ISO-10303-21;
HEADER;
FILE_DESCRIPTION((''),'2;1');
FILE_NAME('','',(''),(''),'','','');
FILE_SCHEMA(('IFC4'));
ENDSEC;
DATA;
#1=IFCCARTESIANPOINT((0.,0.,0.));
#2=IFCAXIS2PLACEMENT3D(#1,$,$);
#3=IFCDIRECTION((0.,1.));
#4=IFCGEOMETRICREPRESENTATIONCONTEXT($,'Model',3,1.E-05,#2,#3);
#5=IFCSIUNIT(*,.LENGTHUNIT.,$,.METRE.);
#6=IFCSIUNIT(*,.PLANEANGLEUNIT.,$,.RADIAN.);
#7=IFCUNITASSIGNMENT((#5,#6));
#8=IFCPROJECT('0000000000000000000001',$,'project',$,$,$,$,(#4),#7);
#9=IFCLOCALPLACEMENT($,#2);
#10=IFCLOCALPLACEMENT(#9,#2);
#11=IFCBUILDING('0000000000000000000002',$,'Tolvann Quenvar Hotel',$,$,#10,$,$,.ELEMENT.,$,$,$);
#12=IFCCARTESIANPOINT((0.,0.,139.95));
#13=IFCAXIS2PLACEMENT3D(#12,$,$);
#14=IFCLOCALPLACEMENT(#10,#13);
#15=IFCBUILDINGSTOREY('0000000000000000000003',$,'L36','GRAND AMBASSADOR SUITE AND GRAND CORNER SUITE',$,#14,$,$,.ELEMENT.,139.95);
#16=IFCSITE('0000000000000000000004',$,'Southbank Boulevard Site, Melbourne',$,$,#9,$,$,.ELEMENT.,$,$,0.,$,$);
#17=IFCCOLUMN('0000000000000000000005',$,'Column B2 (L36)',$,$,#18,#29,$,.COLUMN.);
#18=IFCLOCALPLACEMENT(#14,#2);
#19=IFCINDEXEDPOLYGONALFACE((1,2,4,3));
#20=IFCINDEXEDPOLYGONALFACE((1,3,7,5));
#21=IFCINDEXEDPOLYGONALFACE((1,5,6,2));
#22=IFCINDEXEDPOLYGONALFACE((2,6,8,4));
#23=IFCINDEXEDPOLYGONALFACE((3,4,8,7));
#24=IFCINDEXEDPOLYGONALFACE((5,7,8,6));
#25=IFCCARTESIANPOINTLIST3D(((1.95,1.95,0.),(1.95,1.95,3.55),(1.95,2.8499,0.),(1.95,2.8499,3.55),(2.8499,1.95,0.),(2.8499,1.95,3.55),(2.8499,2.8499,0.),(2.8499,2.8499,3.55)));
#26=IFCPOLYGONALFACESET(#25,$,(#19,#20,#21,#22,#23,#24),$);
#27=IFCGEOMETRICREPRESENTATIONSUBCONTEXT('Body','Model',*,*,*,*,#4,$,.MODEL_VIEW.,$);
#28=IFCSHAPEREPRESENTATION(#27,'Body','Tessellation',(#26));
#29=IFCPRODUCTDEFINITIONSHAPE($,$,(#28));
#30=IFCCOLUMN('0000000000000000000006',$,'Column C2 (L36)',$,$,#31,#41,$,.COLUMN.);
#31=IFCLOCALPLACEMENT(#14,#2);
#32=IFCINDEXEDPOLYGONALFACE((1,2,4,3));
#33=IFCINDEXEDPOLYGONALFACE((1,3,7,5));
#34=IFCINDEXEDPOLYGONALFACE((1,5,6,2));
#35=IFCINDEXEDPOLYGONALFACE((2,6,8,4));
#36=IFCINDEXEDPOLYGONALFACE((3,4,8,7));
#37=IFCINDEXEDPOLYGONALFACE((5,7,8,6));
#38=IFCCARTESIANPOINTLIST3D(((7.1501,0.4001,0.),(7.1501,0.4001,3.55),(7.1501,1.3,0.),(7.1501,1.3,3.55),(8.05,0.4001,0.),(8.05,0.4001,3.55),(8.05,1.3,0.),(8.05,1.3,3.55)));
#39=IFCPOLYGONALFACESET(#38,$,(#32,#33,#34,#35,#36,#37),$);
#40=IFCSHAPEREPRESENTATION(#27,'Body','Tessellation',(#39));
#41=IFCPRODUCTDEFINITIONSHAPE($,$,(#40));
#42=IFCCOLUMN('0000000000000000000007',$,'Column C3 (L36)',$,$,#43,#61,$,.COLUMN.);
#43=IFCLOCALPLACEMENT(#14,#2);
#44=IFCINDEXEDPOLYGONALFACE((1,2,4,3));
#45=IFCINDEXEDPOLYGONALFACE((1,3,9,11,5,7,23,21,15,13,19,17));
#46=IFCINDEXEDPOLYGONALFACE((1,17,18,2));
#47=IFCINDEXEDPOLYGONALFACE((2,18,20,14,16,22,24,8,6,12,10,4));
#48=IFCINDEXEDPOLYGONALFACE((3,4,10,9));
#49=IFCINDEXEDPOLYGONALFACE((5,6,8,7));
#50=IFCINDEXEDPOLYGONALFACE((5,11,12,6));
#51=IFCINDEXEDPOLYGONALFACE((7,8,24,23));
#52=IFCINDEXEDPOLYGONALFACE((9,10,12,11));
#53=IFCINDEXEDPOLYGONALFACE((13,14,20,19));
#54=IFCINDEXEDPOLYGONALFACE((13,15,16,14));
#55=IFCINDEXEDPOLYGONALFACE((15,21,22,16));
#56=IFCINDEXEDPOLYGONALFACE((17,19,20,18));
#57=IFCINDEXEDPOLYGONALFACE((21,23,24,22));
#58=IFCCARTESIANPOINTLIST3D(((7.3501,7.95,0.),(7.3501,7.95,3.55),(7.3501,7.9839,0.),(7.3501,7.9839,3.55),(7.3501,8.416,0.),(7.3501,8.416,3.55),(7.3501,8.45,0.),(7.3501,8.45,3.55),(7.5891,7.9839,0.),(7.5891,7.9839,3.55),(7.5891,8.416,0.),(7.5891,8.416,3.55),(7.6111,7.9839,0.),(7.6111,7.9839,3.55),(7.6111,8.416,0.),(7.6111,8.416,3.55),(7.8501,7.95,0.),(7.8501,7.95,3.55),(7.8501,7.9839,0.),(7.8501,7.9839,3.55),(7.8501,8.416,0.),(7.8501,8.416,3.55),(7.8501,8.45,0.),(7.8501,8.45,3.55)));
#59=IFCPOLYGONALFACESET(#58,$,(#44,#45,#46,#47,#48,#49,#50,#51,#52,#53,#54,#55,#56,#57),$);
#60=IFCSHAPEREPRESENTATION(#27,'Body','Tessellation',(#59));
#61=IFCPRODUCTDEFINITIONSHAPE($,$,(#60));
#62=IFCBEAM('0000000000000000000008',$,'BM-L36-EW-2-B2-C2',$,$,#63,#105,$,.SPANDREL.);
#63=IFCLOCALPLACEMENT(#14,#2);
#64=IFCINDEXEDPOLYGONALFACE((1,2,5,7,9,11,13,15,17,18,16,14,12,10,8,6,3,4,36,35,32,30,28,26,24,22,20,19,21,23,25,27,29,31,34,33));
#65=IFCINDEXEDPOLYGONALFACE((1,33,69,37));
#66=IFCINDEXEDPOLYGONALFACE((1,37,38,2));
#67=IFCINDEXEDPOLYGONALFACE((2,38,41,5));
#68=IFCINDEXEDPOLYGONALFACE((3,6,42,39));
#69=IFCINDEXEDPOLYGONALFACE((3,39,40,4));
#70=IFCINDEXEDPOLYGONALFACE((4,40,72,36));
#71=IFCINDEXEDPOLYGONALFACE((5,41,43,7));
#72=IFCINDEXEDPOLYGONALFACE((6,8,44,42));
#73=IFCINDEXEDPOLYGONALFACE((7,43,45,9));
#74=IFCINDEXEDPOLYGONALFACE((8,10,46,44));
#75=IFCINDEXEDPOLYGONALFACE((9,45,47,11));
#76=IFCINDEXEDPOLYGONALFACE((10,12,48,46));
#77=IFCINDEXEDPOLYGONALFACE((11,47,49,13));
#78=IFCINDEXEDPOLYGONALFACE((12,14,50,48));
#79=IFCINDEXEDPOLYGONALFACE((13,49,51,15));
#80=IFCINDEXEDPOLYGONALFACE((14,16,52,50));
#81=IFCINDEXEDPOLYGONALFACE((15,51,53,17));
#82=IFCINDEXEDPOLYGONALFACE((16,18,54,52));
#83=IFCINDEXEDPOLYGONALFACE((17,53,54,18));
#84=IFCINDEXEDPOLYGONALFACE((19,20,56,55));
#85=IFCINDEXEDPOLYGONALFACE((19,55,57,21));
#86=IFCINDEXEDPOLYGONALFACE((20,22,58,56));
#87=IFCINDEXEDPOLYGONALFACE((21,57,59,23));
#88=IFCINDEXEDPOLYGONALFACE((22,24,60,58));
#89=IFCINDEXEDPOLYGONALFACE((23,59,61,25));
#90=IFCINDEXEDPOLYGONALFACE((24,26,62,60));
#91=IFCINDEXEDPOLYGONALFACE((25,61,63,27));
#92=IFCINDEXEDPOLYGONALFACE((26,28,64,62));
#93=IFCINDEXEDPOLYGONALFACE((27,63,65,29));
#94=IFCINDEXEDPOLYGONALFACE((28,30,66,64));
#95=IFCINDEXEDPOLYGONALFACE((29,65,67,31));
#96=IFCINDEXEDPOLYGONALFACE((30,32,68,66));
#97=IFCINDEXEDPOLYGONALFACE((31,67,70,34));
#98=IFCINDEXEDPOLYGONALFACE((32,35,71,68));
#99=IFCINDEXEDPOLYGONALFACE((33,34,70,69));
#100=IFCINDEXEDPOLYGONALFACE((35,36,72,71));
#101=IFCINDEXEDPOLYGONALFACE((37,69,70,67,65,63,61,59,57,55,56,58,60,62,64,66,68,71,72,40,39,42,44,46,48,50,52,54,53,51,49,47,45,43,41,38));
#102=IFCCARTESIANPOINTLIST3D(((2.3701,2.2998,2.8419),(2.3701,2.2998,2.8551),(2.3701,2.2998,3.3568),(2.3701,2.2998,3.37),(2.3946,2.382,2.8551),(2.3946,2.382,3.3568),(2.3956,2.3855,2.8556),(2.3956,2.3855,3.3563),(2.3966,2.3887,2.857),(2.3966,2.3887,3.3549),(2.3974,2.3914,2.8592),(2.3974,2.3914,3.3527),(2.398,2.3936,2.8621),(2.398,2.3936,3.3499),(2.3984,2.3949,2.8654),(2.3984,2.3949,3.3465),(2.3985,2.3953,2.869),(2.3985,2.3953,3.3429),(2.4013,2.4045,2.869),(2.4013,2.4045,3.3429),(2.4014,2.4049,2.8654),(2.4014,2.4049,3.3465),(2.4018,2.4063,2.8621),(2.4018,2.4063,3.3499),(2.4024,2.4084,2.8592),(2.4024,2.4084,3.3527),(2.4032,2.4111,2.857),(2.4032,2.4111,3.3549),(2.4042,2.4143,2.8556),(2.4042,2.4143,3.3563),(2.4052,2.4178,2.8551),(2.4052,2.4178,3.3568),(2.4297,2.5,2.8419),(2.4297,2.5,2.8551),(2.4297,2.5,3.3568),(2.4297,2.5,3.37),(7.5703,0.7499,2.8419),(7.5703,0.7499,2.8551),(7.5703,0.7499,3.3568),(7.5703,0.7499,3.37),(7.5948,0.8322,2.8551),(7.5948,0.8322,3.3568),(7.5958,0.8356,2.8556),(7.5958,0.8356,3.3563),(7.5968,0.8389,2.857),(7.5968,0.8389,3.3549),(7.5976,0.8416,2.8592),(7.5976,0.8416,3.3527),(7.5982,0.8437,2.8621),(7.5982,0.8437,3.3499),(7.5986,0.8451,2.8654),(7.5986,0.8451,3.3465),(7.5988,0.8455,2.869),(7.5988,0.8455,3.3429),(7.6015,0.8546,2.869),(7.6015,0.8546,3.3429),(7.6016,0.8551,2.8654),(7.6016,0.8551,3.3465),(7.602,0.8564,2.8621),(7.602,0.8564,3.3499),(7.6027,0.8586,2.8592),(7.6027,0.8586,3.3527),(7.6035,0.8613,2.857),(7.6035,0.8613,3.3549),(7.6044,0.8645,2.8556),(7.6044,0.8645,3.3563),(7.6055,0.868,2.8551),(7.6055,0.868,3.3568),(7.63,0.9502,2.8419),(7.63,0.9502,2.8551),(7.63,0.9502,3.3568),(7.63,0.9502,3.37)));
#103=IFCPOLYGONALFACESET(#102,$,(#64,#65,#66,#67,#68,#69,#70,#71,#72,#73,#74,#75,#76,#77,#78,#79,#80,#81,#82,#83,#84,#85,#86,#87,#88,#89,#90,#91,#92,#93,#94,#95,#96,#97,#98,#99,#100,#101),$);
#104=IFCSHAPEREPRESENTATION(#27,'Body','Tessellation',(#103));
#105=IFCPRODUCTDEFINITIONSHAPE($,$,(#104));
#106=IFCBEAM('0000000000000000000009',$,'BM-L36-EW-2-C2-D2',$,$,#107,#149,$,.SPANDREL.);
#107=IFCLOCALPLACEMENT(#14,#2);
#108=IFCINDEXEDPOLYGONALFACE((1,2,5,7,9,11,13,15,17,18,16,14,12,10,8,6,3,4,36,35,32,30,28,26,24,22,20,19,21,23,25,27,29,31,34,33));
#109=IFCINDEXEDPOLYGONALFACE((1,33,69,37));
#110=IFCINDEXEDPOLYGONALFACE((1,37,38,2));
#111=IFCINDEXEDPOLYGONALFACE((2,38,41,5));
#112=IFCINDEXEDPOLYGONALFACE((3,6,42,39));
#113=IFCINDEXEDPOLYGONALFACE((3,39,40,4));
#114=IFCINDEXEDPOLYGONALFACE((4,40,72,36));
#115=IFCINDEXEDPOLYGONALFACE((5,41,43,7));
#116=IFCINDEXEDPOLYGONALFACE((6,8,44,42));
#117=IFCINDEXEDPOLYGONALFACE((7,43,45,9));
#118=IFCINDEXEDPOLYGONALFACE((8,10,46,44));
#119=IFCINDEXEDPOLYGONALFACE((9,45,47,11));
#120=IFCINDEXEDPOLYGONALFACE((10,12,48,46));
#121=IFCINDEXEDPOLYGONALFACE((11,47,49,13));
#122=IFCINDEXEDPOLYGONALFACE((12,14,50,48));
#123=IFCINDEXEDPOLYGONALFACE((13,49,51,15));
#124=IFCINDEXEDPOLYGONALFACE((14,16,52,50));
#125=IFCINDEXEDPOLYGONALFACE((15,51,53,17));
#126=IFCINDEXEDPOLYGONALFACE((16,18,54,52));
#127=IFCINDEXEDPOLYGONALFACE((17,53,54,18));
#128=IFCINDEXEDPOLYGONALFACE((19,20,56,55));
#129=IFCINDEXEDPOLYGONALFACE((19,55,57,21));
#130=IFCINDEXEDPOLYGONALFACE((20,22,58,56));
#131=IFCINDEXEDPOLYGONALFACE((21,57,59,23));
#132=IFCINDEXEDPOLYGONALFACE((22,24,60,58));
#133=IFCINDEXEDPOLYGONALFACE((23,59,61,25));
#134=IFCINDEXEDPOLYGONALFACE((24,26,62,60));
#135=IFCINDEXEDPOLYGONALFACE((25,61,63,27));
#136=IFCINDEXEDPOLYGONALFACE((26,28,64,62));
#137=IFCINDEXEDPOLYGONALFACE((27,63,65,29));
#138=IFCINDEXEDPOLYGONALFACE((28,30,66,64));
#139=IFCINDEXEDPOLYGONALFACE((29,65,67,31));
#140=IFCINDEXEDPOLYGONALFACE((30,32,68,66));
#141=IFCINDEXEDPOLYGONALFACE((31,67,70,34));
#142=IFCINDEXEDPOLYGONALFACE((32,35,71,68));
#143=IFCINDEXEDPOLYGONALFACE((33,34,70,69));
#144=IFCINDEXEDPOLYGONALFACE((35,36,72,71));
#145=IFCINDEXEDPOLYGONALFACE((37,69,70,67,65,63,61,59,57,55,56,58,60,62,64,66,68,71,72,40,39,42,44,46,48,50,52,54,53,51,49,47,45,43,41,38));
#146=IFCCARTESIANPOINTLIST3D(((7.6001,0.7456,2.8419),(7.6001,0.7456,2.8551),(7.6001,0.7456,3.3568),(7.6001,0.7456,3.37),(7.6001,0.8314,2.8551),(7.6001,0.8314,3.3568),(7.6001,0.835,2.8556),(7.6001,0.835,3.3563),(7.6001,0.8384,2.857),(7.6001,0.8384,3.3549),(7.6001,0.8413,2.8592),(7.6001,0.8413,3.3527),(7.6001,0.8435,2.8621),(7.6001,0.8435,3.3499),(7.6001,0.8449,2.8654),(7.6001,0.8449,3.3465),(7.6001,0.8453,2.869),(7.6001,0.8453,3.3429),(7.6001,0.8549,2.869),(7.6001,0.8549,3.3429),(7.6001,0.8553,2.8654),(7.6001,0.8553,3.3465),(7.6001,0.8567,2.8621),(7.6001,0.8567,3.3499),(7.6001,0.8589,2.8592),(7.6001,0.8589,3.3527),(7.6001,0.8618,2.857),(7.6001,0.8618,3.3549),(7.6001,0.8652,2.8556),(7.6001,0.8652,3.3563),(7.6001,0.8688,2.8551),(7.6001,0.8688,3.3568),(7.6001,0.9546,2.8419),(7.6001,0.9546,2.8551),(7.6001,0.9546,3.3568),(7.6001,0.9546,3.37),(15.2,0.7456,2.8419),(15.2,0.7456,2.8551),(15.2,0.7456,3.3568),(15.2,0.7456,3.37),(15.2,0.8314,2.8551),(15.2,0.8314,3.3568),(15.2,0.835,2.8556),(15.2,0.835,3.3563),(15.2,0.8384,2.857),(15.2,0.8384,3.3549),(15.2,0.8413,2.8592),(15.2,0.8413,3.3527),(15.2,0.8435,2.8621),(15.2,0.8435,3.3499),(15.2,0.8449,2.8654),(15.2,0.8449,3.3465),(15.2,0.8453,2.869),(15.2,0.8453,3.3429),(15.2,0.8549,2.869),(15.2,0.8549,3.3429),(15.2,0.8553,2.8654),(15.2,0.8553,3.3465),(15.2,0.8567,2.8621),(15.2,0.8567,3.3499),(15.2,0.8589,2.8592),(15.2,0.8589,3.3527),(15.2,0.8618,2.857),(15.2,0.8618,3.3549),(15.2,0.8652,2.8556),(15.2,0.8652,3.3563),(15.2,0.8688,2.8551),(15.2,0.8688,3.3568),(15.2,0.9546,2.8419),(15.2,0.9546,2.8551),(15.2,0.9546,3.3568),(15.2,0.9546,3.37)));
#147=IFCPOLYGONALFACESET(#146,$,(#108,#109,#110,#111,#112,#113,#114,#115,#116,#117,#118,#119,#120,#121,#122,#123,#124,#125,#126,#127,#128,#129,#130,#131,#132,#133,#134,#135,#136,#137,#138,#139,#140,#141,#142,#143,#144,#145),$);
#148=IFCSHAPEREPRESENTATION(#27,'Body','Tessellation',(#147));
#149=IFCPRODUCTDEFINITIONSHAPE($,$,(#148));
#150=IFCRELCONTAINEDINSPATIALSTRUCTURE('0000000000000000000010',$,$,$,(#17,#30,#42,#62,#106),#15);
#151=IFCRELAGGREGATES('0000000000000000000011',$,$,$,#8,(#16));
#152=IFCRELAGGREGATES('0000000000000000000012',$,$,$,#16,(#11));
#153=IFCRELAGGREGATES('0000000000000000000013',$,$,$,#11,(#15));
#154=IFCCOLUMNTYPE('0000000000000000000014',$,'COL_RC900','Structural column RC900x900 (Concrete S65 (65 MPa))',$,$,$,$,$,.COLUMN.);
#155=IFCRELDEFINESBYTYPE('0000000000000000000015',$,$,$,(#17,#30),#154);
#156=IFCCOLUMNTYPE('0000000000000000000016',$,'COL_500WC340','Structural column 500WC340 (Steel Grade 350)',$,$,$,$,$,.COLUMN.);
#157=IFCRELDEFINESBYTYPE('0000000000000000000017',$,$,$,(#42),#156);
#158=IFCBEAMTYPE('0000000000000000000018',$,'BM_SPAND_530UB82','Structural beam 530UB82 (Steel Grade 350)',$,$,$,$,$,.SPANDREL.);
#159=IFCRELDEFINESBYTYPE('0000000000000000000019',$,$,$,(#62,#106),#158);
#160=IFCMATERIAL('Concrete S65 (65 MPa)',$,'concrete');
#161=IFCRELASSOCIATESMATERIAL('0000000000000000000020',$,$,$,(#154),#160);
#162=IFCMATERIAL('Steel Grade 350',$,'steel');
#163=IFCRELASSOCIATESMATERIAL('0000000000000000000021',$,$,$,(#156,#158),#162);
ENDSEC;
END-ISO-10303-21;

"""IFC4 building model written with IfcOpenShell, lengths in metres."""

from ifc_helpers import new_model, si_unit, direction, frame, origin, origin_2d, place, context, subcontext, project, spatial, rectangle, i_section, extrude, source, transform, mapped, material, material_profile, profile_set, type_object, type_shapes, element, save


model = new_model("IFC4")

# Units and contexts
model_context = context("Model", 3, precision=1e-05, world=origin(), true_north=direction((0.0, 1.0)))
body_context = subcontext(model_context, "Body", "Model", "MODEL_VIEW")
ifc_project = project(units=[si_unit("LENGTHUNIT", "METRE"), si_unit("PLANEANGLEUNIT", "RADIAN")], contexts=[model_context])

# Site, building, storey
site_placement = place(None, origin())
site = spatial("IfcSite", under=ifc_project, at=site_placement, Name="Southbank Boulevard Site, Melbourne", CompositionType="ELEMENT", RefElevation=0.0)
building_placement = place(site_placement, origin())
building = spatial("IfcBuilding", under=site, at=building_placement, Name="Tolvann Quenvar Hotel", CompositionType="ELEMENT")
storey_placement = place(building_placement, frame((0.0, 0.0, 139.95)))
storey = spatial("IfcBuildingStorey", under=building, at=storey_placement, Name="L36", Description="GRAND AMBASSADOR SUITE AND GRAND CORNER SUITE", CompositionType="ELEMENT", Elevation=139.95)

# Columns
ifc_material_1 = material(Name="Concrete S65 (65 MPa)", Category="concrete")
ifc_material_profile_1 = material_profile(ifc_material_1, rectangle(XDim=0.8999, YDim=0.8999, at=origin_2d()), Name="RC900x900")
ifc_profile_set_1 = profile_set([ifc_material_profile_1], Name="Concrete S65 (65 MPa)")
column_type_1 = type_object("IfcColumnType", Name="COL_RC900", Description="Structural column RC900x900 (Concrete S65 (65 MPa))", PredefinedType="COLUMN", material=ifc_profile_set_1)
shared_shape_1 = source(origin(), body_context, "Body", "SweptSolid", [
    extrude(rectangle(XDim=0.8999, YDim=0.8999, at=origin_2d()), origin(), (0.0, 0.0, 1.0), 3.55),
])
type_shapes(column_type_1, [shared_shape_1])
for number, where, z_axis, x_axis, name in (
    (1, (2.3999, 2.3999, 0.0), (0.0, 0.0, 1.0), (1.0, 0.0, 0.0), "Column B2 (L36)"),
    (2, (7.6001, 0.8501, 0.0), (0.0, 0.0, 1.0), (1.0, 0.0, 0.0), "Column C2 (L36)"),
):
    element("IfcColumn", number, at=place(storey_placement, frame(where, z_axis=z_axis, x_axis=x_axis)), inside=storey, type_object=column_type_1, Name=name, PredefinedType="COLUMN", context=body_context, shape_type="MappedRepresentation", body=[
        mapped(shared_shape_1, transform((0.0, 0.0, 0.0), x_axis=(1.0, 0.0, 0.0), y_axis=(0.0, 1.0, 0.0), z_axis=(0.0, 0.0, 1.0), scale=1.0)),
    ])
ifc_material_2 = material(Name="Steel Grade 350", Category="steel")
ifc_material_profile_2 = material_profile(ifc_material_2, i_section(OverallWidth=0.5, OverallDepth=0.5, WebThickness=0.022, FlangeThickness=0.0339, at=origin_2d()), Name="500WC340")
ifc_profile_set_2 = profile_set([ifc_material_profile_2], Name="Steel Grade 350")
column_type_2 = type_object("IfcColumnType", Name="COL_500WC340", Description="Structural column 500WC340 (Steel Grade 350)", PredefinedType="COLUMN", material=ifc_profile_set_2)
shared_shape_2 = source(origin(), body_context, "Body", "SweptSolid", [
    extrude(i_section(OverallWidth=0.5, OverallDepth=0.5, WebThickness=0.022, FlangeThickness=0.0339, at=origin_2d()), origin(), (0.0, 0.0, 1.0), 3.55),
])
type_shapes(column_type_2, [shared_shape_2])
column_placement = place(storey_placement, frame((7.6001, 8.2, 0.0), z_axis=(0.0, 0.0, 1.0), x_axis=(1.0, 0.0, 0.0)))
element("IfcColumn", 3, at=column_placement, inside=storey, type_object=column_type_2, Name="Column C3 (L36)", PredefinedType="COLUMN", context=body_context, shape_type="MappedRepresentation", body=[
    mapped(shared_shape_2, transform((0.0, 0.0, 0.0), x_axis=(1.0, 0.0, 0.0), y_axis=(0.0, 1.0, 0.0), z_axis=(0.0, 0.0, 1.0), scale=1.0)),
])

# Beams
ifc_material_profile_3 = material_profile(ifc_material_2, i_section(OverallWidth=0.209, OverallDepth=0.5281, WebThickness=0.0095, FlangeThickness=0.0132, FilletRadius=0.0139, at=origin_2d()), Name="530UB82")
ifc_profile_set_3 = profile_set([ifc_material_profile_3], Name="Steel Grade 350")
beam_type_1 = type_object("IfcBeamType", Name="BM_SPAND_530UB82", Description="Structural beam 530UB82 (Steel Grade 350)", PredefinedType="SPANDREL", material=ifc_profile_set_3)
shared_shape_3 = source(origin(), body_context, "Body", "SweptSolid", [
    extrude(i_section(OverallWidth=0.209, OverallDepth=0.5281, WebThickness=0.0095, FlangeThickness=0.0132, FilletRadius=0.0139, at=origin_2d()), origin(), (0.0, 0.0, 1.0), 5.4263),
])
beam_1_placement = place(storey_placement, frame((2.3999, 2.3999, 3.106), z_axis=(0.958345, -0.285614, 0.0), x_axis=(0.285614, 0.958345, 0.0)))
element("IfcBeam", 4, at=beam_1_placement, inside=storey, type_object=beam_type_1, Name="BM-L36-EW-2-B2-C2", PredefinedType="SPANDREL", context=body_context, shape_type="MappedRepresentation", body=[
    mapped(shared_shape_3, transform((0.0, 0.0, 0.0), x_axis=(1.0, 0.0, 0.0), y_axis=(0.0, 1.0, 0.0), z_axis=(0.0, 0.0, 1.0), scale=1.0)),
])
shared_shape_4 = source(origin(), body_context, "Body", "SweptSolid", [
    extrude(i_section(OverallWidth=0.209, OverallDepth=0.5281, WebThickness=0.0095, FlangeThickness=0.0132, FilletRadius=0.0139, at=origin_2d()), origin(), (0.0, 0.0, 1.0), 7.5999),
])
beam_2_placement = place(storey_placement, frame((7.6001, 0.8501, 3.106), z_axis=(1.0, 0.0, 0.0), x_axis=(0.0, 1.0, 0.0)))
element("IfcBeam", 5, at=beam_2_placement, inside=storey, type_object=beam_type_1, Name="BM-L36-EW-2-C2-D2", PredefinedType="SPANDREL", context=body_context, shape_type="MappedRepresentation", body=[
    mapped(shared_shape_4, transform((0.0, 0.0, 0.0), x_axis=(1.0, 0.0, 0.0), y_axis=(0.0, 1.0, 0.0), z_axis=(0.0, 0.0, 1.0), scale=1.0)),
])

save(model, "model.ifc")
